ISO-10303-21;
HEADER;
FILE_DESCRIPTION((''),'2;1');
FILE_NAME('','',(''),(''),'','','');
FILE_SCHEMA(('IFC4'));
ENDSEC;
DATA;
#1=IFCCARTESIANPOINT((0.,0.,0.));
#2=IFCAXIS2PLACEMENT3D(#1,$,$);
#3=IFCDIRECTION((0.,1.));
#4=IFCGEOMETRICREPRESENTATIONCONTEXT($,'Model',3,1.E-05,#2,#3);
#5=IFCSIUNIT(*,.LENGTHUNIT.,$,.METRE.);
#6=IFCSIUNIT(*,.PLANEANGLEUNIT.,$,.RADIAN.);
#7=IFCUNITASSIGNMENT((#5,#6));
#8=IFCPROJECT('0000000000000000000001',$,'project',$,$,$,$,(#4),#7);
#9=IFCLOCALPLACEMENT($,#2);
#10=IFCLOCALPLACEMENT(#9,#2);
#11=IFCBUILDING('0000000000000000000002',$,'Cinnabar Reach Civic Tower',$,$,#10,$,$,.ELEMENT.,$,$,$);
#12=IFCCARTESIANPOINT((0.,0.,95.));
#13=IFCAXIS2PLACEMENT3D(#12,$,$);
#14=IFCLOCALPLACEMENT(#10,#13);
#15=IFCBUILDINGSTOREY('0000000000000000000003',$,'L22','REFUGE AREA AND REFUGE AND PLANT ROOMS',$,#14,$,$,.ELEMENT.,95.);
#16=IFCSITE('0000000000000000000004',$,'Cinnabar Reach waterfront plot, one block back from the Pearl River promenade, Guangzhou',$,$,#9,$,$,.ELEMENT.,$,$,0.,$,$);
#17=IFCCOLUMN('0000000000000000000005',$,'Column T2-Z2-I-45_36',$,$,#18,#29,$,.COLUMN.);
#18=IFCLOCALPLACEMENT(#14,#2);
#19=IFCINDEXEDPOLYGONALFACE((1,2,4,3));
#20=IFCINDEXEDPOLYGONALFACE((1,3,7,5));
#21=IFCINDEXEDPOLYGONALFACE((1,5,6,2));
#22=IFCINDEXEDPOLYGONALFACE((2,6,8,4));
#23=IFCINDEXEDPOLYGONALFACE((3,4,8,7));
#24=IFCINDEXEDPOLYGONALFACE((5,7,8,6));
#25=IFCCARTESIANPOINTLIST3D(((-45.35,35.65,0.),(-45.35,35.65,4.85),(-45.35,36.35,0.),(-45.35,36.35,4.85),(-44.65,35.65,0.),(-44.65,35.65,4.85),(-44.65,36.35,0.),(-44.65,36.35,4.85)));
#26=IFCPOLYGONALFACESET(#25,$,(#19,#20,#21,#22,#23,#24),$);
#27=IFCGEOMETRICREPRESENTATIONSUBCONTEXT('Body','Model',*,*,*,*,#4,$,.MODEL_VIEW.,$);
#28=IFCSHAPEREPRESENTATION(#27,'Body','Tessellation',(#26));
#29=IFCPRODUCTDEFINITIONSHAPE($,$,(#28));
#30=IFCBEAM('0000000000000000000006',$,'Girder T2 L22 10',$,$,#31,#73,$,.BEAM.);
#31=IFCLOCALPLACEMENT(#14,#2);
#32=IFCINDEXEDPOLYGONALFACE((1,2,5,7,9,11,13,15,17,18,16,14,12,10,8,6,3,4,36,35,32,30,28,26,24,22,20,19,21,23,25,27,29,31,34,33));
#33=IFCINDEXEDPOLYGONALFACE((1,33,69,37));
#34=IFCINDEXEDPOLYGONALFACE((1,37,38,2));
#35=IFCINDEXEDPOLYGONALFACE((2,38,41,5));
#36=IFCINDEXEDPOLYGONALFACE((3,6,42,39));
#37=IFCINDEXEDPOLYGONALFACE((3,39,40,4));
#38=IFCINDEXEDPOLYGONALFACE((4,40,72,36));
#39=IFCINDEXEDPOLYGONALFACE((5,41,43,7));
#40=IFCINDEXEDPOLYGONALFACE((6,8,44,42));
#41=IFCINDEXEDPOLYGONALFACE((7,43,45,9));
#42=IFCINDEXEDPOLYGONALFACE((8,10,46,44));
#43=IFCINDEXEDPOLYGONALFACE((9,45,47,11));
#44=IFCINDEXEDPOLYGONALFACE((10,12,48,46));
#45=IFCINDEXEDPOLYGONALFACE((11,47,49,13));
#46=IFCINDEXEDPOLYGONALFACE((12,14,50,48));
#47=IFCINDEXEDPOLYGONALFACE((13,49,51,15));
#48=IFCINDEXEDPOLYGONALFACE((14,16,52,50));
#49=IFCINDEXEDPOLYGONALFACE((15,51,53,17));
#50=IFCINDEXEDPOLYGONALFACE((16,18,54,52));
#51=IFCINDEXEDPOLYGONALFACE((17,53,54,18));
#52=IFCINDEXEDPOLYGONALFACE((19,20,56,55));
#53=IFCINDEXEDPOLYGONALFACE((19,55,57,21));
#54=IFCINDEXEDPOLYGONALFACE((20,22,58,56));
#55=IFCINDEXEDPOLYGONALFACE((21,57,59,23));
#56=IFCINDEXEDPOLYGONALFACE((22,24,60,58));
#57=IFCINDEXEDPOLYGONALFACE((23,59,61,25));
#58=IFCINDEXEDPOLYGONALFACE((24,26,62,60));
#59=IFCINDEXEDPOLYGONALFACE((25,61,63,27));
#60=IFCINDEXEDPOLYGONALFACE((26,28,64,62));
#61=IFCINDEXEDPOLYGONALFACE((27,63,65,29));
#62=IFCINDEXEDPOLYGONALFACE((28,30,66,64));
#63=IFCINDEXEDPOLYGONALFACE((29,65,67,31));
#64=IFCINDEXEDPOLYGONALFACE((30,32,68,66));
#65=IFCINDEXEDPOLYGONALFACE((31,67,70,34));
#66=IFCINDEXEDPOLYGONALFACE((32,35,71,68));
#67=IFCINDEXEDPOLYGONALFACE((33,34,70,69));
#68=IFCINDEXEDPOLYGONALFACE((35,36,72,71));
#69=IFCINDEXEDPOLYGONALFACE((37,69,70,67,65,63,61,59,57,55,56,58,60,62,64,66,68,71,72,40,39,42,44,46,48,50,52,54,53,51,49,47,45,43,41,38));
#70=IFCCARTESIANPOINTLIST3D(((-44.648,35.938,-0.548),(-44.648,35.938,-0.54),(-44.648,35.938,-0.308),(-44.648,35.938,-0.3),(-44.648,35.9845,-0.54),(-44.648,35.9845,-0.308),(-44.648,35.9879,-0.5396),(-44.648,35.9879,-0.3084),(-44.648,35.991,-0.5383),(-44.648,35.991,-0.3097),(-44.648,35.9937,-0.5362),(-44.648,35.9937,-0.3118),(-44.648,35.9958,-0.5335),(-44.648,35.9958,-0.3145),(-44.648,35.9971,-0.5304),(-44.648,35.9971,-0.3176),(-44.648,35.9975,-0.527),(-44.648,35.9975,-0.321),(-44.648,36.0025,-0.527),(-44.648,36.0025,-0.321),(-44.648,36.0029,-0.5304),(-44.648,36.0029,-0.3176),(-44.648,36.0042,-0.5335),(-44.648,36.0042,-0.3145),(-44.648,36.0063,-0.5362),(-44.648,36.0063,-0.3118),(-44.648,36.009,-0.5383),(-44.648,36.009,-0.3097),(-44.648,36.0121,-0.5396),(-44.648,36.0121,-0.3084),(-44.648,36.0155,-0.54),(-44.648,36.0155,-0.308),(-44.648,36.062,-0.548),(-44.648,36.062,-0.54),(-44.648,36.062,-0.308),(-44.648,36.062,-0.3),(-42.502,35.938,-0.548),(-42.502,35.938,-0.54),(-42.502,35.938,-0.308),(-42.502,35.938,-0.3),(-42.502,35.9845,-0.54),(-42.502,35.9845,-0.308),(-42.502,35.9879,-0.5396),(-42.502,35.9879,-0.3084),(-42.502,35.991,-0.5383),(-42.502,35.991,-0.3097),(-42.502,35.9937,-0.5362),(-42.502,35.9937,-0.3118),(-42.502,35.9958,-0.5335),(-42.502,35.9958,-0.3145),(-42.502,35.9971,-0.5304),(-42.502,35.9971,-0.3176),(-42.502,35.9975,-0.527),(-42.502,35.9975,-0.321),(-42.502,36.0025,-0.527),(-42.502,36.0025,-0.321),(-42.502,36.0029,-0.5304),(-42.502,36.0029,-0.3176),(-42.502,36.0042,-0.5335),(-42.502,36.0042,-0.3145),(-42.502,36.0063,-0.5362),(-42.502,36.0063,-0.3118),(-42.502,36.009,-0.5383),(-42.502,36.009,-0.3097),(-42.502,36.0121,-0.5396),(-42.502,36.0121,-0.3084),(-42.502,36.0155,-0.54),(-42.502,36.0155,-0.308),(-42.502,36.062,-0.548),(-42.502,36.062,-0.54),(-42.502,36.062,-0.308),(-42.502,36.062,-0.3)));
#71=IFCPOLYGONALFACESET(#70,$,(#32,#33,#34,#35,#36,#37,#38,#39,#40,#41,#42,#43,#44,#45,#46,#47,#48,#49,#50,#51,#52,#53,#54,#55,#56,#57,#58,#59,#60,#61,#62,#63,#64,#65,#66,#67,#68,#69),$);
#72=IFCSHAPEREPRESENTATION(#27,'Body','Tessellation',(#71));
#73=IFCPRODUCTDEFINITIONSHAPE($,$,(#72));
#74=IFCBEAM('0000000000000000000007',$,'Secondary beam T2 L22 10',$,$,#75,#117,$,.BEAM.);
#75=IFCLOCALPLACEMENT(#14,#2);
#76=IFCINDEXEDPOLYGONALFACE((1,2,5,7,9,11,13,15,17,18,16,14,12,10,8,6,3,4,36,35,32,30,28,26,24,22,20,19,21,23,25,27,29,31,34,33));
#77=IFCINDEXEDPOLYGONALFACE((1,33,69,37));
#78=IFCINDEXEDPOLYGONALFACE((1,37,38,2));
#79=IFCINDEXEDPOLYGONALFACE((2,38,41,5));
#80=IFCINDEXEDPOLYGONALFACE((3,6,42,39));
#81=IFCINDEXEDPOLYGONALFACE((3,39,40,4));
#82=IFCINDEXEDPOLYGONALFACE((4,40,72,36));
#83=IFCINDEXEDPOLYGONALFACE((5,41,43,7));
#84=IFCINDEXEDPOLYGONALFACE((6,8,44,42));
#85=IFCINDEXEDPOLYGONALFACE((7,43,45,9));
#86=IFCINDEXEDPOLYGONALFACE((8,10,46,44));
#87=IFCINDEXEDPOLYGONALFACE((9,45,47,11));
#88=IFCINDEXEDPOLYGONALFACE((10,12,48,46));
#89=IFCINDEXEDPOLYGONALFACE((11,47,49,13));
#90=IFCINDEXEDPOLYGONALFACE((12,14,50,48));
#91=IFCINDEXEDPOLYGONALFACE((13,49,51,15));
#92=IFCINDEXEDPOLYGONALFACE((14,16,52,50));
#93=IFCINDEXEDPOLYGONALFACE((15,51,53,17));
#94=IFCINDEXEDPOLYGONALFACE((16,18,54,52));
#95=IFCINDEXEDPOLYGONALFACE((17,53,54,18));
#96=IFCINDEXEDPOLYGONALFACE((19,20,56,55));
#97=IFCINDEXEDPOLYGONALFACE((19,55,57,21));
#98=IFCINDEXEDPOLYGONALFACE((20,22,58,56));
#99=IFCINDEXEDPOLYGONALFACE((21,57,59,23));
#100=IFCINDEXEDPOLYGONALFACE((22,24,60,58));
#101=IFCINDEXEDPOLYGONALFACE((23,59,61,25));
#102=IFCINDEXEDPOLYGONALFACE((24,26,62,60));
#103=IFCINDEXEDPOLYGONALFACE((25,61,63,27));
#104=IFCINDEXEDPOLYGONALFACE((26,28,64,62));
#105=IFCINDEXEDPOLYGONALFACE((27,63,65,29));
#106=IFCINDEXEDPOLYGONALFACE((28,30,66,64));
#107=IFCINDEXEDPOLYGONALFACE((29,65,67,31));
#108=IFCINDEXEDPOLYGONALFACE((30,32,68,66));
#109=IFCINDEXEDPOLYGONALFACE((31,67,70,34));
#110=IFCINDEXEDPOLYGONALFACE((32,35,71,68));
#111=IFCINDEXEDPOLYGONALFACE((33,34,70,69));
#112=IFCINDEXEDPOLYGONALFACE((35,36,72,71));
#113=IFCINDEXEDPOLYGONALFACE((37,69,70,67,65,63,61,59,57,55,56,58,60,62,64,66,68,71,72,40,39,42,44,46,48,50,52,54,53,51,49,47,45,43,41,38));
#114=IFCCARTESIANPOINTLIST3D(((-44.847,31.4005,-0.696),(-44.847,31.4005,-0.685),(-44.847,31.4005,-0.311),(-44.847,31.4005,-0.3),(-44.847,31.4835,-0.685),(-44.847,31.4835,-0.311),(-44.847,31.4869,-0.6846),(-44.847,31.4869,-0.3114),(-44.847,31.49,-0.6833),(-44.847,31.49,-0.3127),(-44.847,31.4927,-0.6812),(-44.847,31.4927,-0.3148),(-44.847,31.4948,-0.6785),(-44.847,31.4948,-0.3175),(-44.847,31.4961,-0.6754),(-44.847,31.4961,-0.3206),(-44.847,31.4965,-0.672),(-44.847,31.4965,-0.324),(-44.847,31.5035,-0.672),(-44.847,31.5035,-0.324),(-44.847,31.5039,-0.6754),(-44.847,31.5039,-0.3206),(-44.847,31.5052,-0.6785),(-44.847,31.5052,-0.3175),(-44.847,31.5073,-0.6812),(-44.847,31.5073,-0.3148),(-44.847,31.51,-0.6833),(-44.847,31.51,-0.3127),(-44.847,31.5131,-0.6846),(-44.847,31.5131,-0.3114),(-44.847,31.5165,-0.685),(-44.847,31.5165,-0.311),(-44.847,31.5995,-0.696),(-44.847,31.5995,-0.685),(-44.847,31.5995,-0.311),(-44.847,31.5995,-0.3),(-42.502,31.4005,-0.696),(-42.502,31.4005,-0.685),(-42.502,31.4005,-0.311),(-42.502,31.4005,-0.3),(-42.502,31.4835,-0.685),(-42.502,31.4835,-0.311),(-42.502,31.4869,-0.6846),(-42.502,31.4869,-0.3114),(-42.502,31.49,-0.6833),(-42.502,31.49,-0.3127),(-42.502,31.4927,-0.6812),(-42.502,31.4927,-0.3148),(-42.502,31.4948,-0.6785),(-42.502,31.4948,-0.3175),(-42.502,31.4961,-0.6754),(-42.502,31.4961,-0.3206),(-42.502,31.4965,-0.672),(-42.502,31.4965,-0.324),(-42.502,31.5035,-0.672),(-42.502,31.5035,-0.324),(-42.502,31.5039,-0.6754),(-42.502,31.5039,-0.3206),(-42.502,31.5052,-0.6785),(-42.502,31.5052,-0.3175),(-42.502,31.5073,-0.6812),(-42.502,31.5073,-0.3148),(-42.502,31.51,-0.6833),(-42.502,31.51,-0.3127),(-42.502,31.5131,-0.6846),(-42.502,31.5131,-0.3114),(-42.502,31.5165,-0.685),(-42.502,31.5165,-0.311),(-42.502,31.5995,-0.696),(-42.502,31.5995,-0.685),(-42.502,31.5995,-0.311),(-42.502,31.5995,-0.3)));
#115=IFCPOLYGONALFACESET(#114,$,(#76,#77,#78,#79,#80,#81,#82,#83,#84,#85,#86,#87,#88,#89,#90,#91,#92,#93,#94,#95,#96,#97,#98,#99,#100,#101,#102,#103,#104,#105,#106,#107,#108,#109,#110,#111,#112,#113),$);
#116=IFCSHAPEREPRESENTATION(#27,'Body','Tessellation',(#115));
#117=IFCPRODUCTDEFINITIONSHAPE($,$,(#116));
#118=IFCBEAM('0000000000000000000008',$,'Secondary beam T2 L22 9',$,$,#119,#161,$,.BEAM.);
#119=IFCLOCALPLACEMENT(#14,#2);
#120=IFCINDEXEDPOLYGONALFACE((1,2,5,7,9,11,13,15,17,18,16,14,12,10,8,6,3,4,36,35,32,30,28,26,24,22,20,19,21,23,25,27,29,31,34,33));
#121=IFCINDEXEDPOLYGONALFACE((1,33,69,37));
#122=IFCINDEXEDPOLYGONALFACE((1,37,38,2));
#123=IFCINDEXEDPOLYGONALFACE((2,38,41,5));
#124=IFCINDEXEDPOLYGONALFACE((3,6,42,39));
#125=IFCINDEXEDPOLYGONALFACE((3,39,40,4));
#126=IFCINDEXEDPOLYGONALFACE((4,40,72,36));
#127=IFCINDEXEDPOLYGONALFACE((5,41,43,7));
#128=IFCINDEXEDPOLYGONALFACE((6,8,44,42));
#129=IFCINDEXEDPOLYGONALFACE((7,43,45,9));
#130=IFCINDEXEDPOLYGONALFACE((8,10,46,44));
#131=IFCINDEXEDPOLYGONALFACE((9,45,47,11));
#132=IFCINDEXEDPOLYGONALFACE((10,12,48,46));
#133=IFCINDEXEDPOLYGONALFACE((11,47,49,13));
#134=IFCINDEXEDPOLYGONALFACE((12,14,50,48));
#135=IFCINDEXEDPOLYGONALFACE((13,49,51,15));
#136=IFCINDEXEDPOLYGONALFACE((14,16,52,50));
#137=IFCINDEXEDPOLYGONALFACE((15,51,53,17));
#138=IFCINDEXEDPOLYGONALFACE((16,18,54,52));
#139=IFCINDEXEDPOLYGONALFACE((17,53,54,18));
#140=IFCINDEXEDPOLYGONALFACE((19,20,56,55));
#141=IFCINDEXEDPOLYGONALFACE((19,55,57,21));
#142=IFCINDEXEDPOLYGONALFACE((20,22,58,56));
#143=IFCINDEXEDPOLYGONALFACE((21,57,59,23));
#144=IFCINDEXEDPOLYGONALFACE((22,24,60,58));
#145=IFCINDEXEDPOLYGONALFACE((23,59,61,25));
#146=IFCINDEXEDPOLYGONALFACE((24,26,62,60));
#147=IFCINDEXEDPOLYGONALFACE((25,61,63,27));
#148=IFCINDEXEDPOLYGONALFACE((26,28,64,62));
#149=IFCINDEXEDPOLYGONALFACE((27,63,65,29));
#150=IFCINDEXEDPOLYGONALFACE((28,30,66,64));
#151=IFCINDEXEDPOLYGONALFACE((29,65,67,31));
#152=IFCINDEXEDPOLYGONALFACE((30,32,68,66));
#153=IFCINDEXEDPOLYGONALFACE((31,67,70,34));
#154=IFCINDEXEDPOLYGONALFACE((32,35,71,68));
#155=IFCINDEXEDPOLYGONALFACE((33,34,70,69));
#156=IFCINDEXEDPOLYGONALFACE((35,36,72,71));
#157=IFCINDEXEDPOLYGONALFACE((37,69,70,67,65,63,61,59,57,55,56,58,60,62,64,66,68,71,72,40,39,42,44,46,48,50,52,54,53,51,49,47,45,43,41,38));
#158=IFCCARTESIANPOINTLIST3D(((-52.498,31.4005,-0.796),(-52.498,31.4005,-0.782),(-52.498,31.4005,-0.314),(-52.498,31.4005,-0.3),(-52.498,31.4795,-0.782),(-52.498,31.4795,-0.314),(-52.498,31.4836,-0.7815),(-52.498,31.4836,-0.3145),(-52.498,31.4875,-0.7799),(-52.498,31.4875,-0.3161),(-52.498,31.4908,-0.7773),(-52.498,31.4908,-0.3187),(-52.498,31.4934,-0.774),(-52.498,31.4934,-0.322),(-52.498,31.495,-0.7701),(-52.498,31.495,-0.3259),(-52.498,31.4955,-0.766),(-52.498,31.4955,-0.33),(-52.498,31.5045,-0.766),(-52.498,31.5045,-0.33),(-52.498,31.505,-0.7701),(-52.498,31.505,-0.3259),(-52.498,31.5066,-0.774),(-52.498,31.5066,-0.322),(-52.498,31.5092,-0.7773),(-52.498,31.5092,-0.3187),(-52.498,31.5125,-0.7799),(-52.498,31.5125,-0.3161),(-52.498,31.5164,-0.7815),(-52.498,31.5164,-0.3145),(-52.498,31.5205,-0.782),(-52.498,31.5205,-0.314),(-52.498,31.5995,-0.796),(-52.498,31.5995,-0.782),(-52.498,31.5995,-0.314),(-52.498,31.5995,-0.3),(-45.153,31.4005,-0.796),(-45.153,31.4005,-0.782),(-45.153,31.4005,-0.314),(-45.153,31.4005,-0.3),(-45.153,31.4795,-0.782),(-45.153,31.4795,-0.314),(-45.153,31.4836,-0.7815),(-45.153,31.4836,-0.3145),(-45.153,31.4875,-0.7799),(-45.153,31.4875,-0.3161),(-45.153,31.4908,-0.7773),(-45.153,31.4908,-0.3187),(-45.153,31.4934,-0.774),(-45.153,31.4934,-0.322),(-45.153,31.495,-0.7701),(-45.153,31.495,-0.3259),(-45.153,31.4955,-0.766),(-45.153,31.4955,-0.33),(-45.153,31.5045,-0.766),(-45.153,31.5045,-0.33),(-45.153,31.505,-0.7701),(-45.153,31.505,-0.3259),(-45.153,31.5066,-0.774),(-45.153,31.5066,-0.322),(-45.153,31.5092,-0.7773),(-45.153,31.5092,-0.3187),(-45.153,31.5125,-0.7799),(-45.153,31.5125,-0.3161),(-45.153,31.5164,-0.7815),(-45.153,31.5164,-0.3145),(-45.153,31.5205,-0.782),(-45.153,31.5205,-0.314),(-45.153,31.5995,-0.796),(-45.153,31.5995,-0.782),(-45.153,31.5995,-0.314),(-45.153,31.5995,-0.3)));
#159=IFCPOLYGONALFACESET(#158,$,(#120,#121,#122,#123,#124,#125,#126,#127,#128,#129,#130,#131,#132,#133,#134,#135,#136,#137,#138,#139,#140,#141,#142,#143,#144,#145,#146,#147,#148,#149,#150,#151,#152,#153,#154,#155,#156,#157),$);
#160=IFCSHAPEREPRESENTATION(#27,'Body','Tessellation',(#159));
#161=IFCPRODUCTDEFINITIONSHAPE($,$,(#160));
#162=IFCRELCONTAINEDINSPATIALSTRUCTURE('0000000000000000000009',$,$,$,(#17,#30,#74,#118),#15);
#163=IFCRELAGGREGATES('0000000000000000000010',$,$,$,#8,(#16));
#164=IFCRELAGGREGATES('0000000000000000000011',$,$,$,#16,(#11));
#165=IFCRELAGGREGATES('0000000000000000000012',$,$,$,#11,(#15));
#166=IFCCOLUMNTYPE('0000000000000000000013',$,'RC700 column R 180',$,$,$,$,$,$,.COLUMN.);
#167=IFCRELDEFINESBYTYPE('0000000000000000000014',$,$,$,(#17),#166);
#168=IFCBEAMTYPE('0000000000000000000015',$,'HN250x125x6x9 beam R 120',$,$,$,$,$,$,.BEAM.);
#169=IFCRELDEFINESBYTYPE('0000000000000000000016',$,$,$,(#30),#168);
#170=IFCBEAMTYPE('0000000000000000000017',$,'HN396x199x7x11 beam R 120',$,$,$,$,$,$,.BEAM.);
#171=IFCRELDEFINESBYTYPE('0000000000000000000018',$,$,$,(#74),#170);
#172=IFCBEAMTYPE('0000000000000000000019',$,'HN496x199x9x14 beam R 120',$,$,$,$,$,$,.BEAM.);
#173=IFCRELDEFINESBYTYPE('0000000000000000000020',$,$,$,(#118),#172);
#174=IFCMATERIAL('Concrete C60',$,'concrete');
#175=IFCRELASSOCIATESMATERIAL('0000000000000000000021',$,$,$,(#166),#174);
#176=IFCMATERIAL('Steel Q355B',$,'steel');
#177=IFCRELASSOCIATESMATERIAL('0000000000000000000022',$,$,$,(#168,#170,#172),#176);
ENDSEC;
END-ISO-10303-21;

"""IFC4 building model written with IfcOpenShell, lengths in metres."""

from ifc_helpers import new_model, si_unit, direction, frame, origin, origin_2d, place, context, subcontext, project, spatial, rectangle, i_section, extrude, material, material_profile, profile_set, type_object, element, save


model = new_model("IFC4")

# Units and contexts
model_context = context("Model", 3, precision=1e-05, world=origin(), true_north=direction((0.0, 1.0)))
body_context = subcontext(model_context, "Body", "Model", "MODEL_VIEW")
ifc_project = project(units=[si_unit("LENGTHUNIT", "METRE"), si_unit("PLANEANGLEUNIT", "RADIAN")], contexts=[model_context])

# Site, building, storey
site_placement = place(None, origin())
site = spatial("IfcSite", under=ifc_project, at=site_placement, Name="Cinnabar Reach waterfront plot, one block back from the Pearl River promenade, Guangzhou", CompositionType="ELEMENT", RefElevation=0.0)
building_placement = place(site_placement, origin())
building = spatial("IfcBuilding", under=site, at=building_placement, Name="Cinnabar Reach Civic Tower", CompositionType="ELEMENT")
storey_placement = place(building_placement, frame((0.0, 0.0, 95.0)))
storey = spatial("IfcBuildingStorey", under=building, at=storey_placement, Name="L22", Description="REFUGE AREA AND REFUGE AND PLANT ROOMS", CompositionType="ELEMENT", Elevation=95.0)

# Column
ifc_material_1 = material(Name="Concrete C60", Category="concrete")
ifc_material_profile_1 = material_profile(ifc_material_1, rectangle(XDim=0.7, YDim=0.7, at=origin_2d()), Name="RC700")
ifc_profile_set_1 = profile_set([ifc_material_profile_1], Name="Concrete C60")
column_type = type_object("IfcColumnType", Name="RC700 column R 180", PredefinedType="COLUMN", material=ifc_profile_set_1)
column_placement = place(storey_placement, frame((-45.0, 36.0, 0.0), z_axis=(0.0, 0.0, 1.0), x_axis=(1.0, 0.0, 0.0)))
element("IfcColumn", 1, at=column_placement, inside=storey, type_object=column_type, Name="Column T2-Z2-I-45_36", PredefinedType="COLUMN", context=body_context, shape_type="SweptSolid", body=[
    extrude(rectangle(XDim=0.7, YDim=0.7, at=origin_2d()), origin(), (0.0, 0.0, 1.0), 4.85),
])

# Beams
ifc_material_2 = material(Name="Steel Q355B", Category="steel")
ifc_material_profile_2 = material_profile(ifc_material_2, i_section(OverallWidth=0.124, OverallDepth=0.248, WebThickness=0.005, FlangeThickness=0.008, FilletRadius=0.013, at=origin_2d()), Name="HN250x125x6x9")
ifc_profile_set_2 = profile_set([ifc_material_profile_2], Name="Steel Q355B")
beam_type_1 = type_object("IfcBeamType", Name="HN250x125x6x9 beam R 120", PredefinedType="BEAM", material=ifc_profile_set_2)
beam_1_placement = place(storey_placement, frame((-44.648, 36.0, -0.424), z_axis=(1.0, 0.0, 0.0), x_axis=(0.0, 1.0, 0.0)))
element("IfcBeam", 2, at=beam_1_placement, inside=storey, type_object=beam_type_1, Name="Girder T2 L22 10", PredefinedType="BEAM", context=body_context, shape_type="SweptSolid", body=[
    extrude(i_section(OverallWidth=0.124, OverallDepth=0.248, WebThickness=0.005, FlangeThickness=0.008, FilletRadius=0.013, at=origin_2d()), origin(), (0.0, 0.0, 1.0), 2.146),
])
ifc_material_profile_3 = material_profile(ifc_material_2, i_section(OverallWidth=0.199, OverallDepth=0.396, WebThickness=0.007, FlangeThickness=0.011, FilletRadius=0.013, at=origin_2d()), Name="HN396x199x7x11")
ifc_profile_set_3 = profile_set([ifc_material_profile_3], Name="Steel Q355B")
beam_type_2 = type_object("IfcBeamType", Name="HN396x199x7x11 beam R 120", PredefinedType="BEAM", material=ifc_profile_set_3)
beam_2_placement = place(storey_placement, frame((-44.847, 31.5, -0.498), z_axis=(1.0, 0.0, 0.0), x_axis=(0.0, 1.0, 0.0)))
element("IfcBeam", 3, at=beam_2_placement, inside=storey, type_object=beam_type_2, Name="Secondary beam T2 L22 10", PredefinedType="BEAM", context=body_context, shape_type="SweptSolid", body=[
    extrude(i_section(OverallWidth=0.199, OverallDepth=0.396, WebThickness=0.007, FlangeThickness=0.011, FilletRadius=0.013, at=origin_2d()), origin(), (0.0, 0.0, 1.0), 2.345),
])
ifc_material_profile_4 = material_profile(ifc_material_2, i_section(OverallWidth=0.199, OverallDepth=0.496, WebThickness=0.009, FlangeThickness=0.014, FilletRadius=0.016, at=origin_2d()), Name="HN496x199x9x14")
ifc_profile_set_4 = profile_set([ifc_material_profile_4], Name="Steel Q355B")
beam_type_3 = type_object("IfcBeamType", Name="HN496x199x9x14 beam R 120", PredefinedType="BEAM", material=ifc_profile_set_4)
beam_3_placement = place(storey_placement, frame((-52.498, 31.5, -0.548), z_axis=(1.0, 0.0, 0.0), x_axis=(0.0, 1.0, 0.0)))
element("IfcBeam", 4, at=beam_3_placement, inside=storey, type_object=beam_type_3, Name="Secondary beam T2 L22 9", PredefinedType="BEAM", context=body_context, shape_type="SweptSolid", body=[
    extrude(i_section(OverallWidth=0.199, OverallDepth=0.496, WebThickness=0.009, FlangeThickness=0.014, FilletRadius=0.016, at=origin_2d()), origin(), (0.0, 0.0, 1.0), 7.345),
])

save(model, "model.ifc")
